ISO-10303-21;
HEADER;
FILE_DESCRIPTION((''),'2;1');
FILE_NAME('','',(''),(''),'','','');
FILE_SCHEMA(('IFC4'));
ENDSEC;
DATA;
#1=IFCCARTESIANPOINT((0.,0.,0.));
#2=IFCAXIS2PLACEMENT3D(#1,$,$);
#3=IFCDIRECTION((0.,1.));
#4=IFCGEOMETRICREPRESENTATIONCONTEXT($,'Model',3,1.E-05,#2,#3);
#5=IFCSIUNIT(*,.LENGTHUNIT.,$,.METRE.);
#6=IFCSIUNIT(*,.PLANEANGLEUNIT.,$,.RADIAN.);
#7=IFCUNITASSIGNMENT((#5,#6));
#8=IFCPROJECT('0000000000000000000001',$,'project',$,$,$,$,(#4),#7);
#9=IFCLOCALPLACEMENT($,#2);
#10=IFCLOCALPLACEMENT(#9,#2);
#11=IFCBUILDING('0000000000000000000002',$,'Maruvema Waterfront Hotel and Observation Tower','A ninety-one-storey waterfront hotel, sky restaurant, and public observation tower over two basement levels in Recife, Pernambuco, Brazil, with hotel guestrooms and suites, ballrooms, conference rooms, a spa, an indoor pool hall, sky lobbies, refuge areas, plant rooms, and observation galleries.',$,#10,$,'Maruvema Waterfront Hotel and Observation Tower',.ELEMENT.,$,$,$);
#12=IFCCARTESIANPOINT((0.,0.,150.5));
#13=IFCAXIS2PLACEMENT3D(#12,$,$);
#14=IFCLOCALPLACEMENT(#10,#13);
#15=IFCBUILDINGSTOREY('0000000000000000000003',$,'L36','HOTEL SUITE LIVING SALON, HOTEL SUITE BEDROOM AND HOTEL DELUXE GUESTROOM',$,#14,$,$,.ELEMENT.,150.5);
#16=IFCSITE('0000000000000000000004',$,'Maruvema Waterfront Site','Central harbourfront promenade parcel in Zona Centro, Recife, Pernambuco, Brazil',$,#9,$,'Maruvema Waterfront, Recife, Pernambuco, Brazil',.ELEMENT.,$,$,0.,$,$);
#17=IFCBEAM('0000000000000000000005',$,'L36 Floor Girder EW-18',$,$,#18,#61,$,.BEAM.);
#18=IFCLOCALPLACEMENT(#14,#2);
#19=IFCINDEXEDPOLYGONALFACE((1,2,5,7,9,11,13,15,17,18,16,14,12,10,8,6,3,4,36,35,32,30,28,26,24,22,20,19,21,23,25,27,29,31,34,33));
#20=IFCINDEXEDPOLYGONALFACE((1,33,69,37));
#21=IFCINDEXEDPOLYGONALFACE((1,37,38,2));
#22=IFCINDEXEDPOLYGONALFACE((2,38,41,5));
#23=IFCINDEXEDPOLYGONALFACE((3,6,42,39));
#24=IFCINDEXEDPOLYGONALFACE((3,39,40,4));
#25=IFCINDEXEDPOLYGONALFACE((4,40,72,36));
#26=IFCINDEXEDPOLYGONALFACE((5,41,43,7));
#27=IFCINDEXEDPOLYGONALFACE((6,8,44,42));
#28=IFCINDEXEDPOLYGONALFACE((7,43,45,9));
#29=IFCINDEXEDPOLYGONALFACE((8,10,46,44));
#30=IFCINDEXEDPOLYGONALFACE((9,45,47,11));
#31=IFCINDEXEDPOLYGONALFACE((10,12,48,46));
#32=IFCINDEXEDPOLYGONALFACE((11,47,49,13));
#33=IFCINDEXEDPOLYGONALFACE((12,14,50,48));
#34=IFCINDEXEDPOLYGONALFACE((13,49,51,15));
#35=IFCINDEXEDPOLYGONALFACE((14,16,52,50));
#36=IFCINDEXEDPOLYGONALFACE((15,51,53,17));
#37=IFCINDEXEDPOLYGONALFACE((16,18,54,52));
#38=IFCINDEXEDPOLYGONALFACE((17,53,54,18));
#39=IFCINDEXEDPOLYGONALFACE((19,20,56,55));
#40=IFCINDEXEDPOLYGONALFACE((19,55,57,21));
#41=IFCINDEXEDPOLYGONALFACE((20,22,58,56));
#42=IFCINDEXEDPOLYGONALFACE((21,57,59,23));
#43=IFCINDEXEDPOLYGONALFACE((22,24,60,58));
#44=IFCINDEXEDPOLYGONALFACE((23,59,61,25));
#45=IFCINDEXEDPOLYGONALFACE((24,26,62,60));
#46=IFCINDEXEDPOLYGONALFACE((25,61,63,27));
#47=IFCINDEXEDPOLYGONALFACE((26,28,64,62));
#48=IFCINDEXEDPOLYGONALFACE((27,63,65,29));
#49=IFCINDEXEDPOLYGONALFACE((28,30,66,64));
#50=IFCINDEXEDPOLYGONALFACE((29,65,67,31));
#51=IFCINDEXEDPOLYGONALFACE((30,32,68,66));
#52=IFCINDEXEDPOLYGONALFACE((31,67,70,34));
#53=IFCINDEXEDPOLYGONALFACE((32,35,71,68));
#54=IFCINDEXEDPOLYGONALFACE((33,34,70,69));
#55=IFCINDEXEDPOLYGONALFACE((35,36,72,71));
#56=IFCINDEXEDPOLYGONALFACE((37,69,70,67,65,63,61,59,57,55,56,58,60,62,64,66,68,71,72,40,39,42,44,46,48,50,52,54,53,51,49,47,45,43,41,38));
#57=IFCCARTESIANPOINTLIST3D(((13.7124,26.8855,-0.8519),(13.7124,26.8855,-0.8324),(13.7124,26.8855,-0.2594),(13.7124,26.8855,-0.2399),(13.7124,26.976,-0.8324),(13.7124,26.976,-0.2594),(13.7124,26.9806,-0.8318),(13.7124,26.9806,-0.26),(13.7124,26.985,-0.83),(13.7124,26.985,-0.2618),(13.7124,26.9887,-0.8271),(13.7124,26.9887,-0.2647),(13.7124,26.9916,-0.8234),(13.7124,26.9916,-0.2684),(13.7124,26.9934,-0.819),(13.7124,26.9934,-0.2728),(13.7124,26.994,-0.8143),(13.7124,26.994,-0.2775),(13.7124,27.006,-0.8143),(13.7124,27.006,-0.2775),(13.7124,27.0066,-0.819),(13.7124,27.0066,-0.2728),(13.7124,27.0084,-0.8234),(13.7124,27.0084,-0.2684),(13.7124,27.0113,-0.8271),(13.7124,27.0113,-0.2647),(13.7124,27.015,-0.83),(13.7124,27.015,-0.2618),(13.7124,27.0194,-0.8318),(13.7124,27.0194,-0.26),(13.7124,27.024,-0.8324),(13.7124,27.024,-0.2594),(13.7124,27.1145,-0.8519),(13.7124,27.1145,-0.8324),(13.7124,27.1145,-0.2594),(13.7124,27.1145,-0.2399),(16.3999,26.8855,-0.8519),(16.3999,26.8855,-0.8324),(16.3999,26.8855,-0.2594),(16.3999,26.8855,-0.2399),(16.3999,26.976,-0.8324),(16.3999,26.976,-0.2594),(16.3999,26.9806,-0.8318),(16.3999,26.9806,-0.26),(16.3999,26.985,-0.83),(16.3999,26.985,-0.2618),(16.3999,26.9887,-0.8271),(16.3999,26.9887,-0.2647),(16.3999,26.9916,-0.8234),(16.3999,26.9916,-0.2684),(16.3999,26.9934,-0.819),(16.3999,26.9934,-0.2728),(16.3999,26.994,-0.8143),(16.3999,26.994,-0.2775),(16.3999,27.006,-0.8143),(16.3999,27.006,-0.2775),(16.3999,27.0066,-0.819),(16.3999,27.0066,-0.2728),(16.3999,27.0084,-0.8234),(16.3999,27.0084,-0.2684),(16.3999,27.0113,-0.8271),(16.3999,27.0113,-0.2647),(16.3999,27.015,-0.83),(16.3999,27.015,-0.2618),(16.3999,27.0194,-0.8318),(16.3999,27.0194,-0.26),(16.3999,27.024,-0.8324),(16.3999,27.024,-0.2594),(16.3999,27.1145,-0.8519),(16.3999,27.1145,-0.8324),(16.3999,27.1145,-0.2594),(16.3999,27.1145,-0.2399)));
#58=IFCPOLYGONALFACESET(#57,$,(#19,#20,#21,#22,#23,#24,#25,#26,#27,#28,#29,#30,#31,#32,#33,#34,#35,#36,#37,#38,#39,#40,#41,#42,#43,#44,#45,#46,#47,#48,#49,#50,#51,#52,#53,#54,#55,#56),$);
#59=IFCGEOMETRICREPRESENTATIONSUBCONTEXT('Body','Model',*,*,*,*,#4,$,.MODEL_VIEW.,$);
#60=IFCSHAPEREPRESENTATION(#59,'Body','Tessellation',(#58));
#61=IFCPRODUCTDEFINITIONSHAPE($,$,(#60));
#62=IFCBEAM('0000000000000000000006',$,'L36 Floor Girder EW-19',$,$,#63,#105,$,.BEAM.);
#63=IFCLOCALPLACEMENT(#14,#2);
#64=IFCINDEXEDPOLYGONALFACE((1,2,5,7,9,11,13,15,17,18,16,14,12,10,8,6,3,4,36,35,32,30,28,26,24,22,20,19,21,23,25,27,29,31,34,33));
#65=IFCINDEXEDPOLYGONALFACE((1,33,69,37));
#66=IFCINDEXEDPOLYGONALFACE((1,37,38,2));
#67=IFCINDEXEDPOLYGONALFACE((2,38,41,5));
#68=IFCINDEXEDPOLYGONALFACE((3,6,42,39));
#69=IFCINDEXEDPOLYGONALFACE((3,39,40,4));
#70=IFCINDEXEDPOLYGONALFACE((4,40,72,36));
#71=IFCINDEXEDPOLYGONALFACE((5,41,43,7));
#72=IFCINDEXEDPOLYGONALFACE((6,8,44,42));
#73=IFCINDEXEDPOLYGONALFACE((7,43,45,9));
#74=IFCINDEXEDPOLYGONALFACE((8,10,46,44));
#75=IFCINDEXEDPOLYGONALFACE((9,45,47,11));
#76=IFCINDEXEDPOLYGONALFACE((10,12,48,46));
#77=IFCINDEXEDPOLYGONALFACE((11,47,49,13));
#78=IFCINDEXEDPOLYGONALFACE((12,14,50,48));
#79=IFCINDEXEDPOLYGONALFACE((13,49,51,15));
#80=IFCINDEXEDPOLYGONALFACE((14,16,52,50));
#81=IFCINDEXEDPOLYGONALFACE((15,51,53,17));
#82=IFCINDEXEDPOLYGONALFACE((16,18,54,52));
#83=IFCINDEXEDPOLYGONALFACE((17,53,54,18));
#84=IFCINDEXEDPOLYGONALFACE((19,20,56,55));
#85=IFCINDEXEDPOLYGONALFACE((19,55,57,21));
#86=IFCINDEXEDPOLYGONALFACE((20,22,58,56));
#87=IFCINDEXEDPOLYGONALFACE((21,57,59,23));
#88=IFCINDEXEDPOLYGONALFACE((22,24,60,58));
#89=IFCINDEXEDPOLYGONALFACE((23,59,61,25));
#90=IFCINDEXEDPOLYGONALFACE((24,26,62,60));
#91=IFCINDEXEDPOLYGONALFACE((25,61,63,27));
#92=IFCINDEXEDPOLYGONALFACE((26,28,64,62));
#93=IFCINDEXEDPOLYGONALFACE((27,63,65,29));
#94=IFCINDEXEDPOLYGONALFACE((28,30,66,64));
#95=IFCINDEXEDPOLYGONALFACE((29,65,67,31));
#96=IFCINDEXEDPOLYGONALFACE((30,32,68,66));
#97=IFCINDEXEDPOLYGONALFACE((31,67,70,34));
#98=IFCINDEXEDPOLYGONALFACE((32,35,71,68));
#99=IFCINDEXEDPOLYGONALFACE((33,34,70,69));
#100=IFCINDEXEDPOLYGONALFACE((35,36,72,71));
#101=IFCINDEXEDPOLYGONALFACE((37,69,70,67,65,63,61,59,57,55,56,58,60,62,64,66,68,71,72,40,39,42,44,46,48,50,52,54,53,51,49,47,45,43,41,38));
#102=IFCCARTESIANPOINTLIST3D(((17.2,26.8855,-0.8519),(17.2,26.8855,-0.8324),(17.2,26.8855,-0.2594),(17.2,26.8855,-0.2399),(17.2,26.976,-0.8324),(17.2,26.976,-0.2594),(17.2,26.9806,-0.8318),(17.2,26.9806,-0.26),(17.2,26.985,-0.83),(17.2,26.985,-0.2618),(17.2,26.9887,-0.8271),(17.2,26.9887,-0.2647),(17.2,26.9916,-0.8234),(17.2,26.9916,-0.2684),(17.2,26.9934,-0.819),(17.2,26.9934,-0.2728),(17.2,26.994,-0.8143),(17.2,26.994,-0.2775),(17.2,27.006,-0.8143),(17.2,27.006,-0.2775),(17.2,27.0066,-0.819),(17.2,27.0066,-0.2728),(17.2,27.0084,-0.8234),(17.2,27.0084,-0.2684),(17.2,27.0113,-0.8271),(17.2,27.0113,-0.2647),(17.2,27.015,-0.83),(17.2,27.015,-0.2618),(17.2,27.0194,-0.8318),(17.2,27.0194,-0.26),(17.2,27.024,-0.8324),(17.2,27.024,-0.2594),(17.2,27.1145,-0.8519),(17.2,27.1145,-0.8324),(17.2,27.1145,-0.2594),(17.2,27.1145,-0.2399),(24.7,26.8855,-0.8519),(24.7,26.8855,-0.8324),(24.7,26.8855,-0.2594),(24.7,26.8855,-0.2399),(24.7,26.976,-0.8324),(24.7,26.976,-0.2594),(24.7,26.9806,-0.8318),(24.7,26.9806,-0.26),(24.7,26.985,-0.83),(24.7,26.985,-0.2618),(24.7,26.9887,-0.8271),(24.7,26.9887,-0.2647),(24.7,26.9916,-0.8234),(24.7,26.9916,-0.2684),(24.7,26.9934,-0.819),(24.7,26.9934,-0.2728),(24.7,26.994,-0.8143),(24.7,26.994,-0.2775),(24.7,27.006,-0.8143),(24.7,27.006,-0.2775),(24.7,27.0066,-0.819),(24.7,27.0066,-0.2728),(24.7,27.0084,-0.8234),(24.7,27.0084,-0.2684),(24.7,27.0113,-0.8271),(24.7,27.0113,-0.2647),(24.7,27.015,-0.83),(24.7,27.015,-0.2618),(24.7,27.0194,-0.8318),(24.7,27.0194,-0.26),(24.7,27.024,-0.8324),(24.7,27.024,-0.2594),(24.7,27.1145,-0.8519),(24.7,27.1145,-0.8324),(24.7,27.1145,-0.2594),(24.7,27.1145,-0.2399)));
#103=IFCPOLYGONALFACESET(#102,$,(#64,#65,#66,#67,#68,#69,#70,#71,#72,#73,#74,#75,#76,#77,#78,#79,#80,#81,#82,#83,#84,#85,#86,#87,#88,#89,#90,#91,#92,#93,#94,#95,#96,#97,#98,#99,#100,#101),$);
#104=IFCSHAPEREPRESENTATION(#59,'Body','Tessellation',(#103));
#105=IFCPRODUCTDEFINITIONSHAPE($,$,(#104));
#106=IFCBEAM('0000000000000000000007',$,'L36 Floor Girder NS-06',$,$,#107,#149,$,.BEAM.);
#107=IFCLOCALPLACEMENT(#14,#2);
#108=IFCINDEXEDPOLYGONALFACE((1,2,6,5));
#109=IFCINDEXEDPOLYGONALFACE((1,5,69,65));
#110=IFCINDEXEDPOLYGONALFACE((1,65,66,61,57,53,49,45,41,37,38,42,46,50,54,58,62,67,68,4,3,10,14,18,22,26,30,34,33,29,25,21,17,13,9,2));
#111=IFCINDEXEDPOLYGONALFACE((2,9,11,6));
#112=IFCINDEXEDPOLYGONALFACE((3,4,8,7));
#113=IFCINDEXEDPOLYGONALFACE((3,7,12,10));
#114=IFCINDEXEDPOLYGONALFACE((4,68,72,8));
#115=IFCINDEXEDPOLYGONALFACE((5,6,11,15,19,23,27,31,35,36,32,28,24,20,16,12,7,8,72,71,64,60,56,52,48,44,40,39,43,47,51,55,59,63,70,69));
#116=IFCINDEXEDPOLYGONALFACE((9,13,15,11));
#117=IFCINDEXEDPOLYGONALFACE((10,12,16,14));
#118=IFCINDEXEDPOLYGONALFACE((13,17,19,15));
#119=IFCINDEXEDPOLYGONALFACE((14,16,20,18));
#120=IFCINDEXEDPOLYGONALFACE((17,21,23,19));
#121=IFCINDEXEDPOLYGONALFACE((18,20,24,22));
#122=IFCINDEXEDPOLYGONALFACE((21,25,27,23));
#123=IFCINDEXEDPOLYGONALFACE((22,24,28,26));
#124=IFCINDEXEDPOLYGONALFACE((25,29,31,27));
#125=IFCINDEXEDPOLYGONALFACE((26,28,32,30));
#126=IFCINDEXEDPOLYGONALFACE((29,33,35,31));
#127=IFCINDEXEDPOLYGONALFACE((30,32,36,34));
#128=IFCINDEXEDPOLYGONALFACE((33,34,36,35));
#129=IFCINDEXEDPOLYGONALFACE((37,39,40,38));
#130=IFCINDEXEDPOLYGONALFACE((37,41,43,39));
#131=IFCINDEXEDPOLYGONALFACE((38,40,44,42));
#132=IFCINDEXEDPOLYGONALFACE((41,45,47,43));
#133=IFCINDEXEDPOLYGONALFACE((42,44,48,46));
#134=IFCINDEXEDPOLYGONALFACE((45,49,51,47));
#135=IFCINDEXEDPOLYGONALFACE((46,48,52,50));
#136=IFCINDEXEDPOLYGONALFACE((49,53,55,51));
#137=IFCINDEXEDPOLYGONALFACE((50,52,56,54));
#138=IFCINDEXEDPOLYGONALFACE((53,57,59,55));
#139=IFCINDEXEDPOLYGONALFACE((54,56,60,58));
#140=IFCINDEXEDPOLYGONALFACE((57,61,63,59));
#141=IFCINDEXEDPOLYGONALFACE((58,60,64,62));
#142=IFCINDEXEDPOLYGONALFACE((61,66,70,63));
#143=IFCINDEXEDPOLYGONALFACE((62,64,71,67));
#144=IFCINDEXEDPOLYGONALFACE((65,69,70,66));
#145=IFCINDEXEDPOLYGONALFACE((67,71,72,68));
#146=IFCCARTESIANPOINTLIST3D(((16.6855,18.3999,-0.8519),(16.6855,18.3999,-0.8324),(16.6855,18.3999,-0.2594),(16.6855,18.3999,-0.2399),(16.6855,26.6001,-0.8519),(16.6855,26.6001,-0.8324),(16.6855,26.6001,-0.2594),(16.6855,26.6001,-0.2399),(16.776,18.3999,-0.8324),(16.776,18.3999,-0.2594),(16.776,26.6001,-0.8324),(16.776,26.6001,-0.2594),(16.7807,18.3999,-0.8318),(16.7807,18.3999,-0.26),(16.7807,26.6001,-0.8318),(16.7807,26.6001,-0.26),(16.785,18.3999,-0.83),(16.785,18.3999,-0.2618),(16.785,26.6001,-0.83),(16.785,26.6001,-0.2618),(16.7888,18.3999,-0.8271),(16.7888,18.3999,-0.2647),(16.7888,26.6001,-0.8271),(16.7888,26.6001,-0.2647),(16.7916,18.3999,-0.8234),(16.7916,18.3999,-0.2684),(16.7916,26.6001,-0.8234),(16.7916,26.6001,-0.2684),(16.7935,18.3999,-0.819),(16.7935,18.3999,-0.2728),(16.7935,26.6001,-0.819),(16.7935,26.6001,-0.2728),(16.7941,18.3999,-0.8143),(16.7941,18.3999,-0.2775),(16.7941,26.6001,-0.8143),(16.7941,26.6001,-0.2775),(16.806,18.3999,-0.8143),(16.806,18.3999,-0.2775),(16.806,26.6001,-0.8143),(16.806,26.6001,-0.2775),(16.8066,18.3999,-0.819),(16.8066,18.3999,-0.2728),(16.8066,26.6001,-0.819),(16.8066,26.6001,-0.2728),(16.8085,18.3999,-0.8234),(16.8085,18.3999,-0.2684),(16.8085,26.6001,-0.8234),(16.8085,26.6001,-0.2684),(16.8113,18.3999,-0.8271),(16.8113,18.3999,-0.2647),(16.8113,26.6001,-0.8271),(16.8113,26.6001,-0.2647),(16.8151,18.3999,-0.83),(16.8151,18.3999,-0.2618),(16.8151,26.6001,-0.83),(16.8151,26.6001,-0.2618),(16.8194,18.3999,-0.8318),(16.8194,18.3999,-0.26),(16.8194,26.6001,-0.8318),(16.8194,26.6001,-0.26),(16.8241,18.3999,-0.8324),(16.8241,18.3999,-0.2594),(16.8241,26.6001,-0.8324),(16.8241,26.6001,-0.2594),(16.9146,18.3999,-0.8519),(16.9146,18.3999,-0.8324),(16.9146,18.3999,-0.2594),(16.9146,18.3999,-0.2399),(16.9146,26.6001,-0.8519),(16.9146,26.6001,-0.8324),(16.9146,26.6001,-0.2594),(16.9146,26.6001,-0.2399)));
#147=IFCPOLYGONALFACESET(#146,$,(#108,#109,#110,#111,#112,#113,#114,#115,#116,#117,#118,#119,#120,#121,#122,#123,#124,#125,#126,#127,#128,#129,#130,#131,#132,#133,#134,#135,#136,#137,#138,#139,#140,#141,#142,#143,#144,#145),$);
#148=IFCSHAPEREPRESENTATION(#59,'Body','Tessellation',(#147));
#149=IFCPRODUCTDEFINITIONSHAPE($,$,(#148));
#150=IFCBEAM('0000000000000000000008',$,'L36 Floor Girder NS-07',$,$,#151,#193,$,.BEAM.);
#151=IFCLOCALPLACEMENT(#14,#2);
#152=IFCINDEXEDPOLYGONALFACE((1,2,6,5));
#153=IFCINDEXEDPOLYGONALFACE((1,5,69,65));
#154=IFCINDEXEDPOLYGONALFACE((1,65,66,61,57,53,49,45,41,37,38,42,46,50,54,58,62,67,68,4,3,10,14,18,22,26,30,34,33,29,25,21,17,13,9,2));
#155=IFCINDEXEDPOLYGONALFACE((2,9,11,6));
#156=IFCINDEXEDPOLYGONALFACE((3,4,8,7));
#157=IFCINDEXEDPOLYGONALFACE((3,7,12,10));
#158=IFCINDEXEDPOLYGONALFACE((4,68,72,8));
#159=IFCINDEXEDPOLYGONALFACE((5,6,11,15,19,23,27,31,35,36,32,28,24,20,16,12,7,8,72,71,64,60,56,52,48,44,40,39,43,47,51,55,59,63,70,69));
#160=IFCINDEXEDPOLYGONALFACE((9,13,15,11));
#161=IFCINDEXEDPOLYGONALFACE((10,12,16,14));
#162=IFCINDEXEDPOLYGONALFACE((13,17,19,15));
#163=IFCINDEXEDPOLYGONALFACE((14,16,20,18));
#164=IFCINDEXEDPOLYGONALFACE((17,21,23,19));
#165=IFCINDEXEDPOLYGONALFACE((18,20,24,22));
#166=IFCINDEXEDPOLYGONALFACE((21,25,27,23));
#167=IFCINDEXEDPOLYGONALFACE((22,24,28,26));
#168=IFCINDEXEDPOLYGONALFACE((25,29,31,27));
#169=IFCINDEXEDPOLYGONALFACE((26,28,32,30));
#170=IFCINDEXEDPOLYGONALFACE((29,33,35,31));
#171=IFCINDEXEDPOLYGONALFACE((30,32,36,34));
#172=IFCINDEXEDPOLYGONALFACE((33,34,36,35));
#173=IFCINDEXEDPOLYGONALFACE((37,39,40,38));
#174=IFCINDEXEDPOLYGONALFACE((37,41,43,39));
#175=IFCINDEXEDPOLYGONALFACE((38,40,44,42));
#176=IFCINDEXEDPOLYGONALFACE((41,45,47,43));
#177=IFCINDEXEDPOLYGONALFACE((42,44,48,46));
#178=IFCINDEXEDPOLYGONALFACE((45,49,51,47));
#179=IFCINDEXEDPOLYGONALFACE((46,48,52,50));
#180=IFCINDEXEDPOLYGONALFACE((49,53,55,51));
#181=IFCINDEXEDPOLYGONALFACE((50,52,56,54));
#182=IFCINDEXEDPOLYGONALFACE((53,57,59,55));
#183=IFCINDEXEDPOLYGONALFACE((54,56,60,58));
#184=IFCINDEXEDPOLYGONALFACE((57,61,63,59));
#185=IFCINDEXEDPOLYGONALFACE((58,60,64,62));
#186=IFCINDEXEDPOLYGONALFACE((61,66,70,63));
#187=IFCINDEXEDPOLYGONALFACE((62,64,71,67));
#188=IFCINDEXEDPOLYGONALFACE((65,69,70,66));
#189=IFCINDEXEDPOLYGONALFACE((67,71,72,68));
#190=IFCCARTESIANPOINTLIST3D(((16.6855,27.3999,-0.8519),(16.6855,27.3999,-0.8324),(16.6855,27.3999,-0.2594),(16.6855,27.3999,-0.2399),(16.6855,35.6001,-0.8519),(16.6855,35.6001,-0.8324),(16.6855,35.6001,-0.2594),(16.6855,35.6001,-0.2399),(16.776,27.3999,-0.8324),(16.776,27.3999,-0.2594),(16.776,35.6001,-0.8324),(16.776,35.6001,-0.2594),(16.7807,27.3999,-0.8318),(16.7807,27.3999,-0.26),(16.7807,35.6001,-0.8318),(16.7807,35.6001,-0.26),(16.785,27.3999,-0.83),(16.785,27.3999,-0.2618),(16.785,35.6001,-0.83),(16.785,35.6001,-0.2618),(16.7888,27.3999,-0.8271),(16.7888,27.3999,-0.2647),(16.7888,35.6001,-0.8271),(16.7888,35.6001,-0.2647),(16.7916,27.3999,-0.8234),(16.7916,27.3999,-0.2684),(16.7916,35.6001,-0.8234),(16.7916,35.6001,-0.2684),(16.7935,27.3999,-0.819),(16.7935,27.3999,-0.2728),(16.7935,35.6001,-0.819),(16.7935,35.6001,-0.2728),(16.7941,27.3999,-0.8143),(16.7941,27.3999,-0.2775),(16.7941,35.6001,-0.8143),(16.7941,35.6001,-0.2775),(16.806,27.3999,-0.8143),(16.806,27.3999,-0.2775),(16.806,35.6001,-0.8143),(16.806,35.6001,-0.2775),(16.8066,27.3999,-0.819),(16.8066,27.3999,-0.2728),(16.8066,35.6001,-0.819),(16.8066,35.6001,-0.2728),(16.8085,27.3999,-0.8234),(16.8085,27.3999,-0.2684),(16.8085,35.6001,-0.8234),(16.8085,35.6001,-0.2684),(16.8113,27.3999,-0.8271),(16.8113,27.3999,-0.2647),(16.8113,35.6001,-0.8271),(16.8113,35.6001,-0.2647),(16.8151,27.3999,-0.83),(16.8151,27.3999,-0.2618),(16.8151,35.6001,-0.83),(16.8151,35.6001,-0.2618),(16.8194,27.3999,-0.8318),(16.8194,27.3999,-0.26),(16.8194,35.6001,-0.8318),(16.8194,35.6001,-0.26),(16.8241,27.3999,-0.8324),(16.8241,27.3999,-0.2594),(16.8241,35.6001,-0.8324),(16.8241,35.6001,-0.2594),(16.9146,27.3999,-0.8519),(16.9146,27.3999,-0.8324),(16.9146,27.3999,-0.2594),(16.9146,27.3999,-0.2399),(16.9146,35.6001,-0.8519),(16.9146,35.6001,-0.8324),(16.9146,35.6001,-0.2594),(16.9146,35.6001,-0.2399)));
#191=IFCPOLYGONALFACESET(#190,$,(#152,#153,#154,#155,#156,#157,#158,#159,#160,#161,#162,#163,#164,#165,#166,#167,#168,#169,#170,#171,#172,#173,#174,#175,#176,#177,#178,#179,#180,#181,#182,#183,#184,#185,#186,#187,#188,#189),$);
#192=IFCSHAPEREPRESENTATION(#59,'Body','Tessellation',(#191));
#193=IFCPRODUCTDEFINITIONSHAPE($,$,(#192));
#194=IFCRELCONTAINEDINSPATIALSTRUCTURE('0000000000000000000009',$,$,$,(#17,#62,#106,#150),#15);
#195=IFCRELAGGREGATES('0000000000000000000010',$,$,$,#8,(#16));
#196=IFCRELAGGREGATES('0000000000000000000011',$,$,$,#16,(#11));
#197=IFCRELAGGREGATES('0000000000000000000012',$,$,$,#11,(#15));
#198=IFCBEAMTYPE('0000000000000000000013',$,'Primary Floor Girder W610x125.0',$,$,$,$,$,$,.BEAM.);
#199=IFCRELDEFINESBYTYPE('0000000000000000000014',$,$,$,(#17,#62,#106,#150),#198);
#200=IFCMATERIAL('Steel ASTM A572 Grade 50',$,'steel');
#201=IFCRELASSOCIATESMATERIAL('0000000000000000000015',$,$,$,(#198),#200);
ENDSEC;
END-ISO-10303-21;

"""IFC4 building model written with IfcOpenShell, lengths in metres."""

from ifc_helpers import new_model, si_unit, direction, frame, origin, origin_2d, place, context, subcontext, project, spatial, i_section, extrude, material, material_profile, profile_set, type_object, element, save


model = new_model("IFC4")

# Units and contexts
model_context = context("Model", 3, precision=1e-05, world=origin(), true_north=direction((0.0, 1.0)))
body_context = subcontext(model_context, "Body", "Model", "MODEL_VIEW")
ifc_project = project(units=[si_unit("LENGTHUNIT", "METRE"), si_unit("PLANEANGLEUNIT", "RADIAN")], contexts=[model_context])

# Site, building, storey
site_placement = place(None, origin())
site = spatial("IfcSite", under=ifc_project, at=site_placement, Name="Maruvema Waterfront Site", Description="Central harbourfront promenade parcel in Zona Centro, Recife, Pernambuco, Brazil", LongName="Maruvema Waterfront, Recife, Pernambuco, Brazil", CompositionType="ELEMENT", RefElevation=0.0)
building_placement = place(site_placement, origin())
building = spatial("IfcBuilding", under=site, at=building_placement, Name="Maruvema Waterfront Hotel and Observation Tower", Description="A ninety-one-storey waterfront hotel, sky restaurant, and public observation tower over two basement levels in Recife, Pernambuco, Brazil, with hotel guestrooms and suites, ballrooms, conference rooms, a spa, an indoor pool hall, sky lobbies, refuge areas, plant rooms, and observation galleries.", LongName="Maruvema Waterfront Hotel and Observation Tower", CompositionType="ELEMENT")
storey_placement = place(building_placement, frame((0.0, 0.0, 150.5)))
storey = spatial("IfcBuildingStorey", under=building, at=storey_placement, Name="L36", Description="HOTEL SUITE LIVING SALON, HOTEL SUITE BEDROOM AND HOTEL DELUXE GUESTROOM", CompositionType="ELEMENT", Elevation=150.5)

# Beams
ifc_material_1 = material(Name="Steel ASTM A572 Grade 50", Category="steel")
ifc_material_profile_1 = material_profile(ifc_material_1, i_section(OverallWidth=0.229, OverallDepth=0.6121, WebThickness=0.012, FlangeThickness=0.0195, FilletRadius=0.0181, at=origin_2d()), Name="W610x125.0")
ifc_profile_set_1 = profile_set([ifc_material_profile_1], Name="Steel ASTM A572 Grade 50")
beam_type_1 = type_object("IfcBeamType", Name="Primary Floor Girder W610x125.0", PredefinedType="BEAM", material=ifc_profile_set_1)
beam_1_placement = place(storey_placement, frame((13.7124, 27.0, -0.5459), z_axis=(1.0, 0.0, 0.0), x_axis=(0.0, 1.0, 0.0)))
element("IfcBeam", 1, at=beam_1_placement, inside=storey, type_object=beam_type_1, Name="L36 Floor Girder EW-18", PredefinedType="BEAM", context=body_context, shape_type="SweptSolid", body=[
    extrude(i_section(OverallWidth=0.229, OverallDepth=0.6121, WebThickness=0.012, FlangeThickness=0.0195, FilletRadius=0.0181, at=origin_2d()), origin(), (0.0, 0.0, 1.0), 2.6875),
])
beam_2_placement = place(storey_placement, frame((17.2, 27.0, -0.5459), z_axis=(1.0, 0.0, 0.0), x_axis=(0.0, 1.0, 0.0)))
element("IfcBeam", 2, at=beam_2_placement, inside=storey, type_object=beam_type_1, Name="L36 Floor Girder EW-19", PredefinedType="BEAM", context=body_context, shape_type="SweptSolid", body=[
    extrude(i_section(OverallWidth=0.229, OverallDepth=0.6121, WebThickness=0.012, FlangeThickness=0.0195, FilletRadius=0.0181, at=origin_2d()), origin(), (0.0, 0.0, 1.0), 7.5),
])
for number, where, z_axis, x_axis, name in (
    (3, (16.8, 18.3999, -0.5459), (0.0, 1.0, 0.0), (-1.0, 0.0, 0.0), "L36 Floor Girder NS-06"),
    (4, (16.8, 27.3999, -0.5459), (0.0, 1.0, 0.0), (-1.0, 0.0, 0.0), "L36 Floor Girder NS-07"),
):
    element("IfcBeam", number, at=place(storey_placement, frame(where, z_axis=z_axis, x_axis=x_axis)), inside=storey, type_object=beam_type_1, Name=name, PredefinedType="BEAM", context=body_context, shape_type="SweptSolid", body=[
        extrude(i_section(OverallWidth=0.229, OverallDepth=0.6121, WebThickness=0.012, FlangeThickness=0.0195, FilletRadius=0.0181, at=origin_2d()), origin(), (0.0, 0.0, 1.0), 8.2002),
    ])

save(model, "model.ifc")
